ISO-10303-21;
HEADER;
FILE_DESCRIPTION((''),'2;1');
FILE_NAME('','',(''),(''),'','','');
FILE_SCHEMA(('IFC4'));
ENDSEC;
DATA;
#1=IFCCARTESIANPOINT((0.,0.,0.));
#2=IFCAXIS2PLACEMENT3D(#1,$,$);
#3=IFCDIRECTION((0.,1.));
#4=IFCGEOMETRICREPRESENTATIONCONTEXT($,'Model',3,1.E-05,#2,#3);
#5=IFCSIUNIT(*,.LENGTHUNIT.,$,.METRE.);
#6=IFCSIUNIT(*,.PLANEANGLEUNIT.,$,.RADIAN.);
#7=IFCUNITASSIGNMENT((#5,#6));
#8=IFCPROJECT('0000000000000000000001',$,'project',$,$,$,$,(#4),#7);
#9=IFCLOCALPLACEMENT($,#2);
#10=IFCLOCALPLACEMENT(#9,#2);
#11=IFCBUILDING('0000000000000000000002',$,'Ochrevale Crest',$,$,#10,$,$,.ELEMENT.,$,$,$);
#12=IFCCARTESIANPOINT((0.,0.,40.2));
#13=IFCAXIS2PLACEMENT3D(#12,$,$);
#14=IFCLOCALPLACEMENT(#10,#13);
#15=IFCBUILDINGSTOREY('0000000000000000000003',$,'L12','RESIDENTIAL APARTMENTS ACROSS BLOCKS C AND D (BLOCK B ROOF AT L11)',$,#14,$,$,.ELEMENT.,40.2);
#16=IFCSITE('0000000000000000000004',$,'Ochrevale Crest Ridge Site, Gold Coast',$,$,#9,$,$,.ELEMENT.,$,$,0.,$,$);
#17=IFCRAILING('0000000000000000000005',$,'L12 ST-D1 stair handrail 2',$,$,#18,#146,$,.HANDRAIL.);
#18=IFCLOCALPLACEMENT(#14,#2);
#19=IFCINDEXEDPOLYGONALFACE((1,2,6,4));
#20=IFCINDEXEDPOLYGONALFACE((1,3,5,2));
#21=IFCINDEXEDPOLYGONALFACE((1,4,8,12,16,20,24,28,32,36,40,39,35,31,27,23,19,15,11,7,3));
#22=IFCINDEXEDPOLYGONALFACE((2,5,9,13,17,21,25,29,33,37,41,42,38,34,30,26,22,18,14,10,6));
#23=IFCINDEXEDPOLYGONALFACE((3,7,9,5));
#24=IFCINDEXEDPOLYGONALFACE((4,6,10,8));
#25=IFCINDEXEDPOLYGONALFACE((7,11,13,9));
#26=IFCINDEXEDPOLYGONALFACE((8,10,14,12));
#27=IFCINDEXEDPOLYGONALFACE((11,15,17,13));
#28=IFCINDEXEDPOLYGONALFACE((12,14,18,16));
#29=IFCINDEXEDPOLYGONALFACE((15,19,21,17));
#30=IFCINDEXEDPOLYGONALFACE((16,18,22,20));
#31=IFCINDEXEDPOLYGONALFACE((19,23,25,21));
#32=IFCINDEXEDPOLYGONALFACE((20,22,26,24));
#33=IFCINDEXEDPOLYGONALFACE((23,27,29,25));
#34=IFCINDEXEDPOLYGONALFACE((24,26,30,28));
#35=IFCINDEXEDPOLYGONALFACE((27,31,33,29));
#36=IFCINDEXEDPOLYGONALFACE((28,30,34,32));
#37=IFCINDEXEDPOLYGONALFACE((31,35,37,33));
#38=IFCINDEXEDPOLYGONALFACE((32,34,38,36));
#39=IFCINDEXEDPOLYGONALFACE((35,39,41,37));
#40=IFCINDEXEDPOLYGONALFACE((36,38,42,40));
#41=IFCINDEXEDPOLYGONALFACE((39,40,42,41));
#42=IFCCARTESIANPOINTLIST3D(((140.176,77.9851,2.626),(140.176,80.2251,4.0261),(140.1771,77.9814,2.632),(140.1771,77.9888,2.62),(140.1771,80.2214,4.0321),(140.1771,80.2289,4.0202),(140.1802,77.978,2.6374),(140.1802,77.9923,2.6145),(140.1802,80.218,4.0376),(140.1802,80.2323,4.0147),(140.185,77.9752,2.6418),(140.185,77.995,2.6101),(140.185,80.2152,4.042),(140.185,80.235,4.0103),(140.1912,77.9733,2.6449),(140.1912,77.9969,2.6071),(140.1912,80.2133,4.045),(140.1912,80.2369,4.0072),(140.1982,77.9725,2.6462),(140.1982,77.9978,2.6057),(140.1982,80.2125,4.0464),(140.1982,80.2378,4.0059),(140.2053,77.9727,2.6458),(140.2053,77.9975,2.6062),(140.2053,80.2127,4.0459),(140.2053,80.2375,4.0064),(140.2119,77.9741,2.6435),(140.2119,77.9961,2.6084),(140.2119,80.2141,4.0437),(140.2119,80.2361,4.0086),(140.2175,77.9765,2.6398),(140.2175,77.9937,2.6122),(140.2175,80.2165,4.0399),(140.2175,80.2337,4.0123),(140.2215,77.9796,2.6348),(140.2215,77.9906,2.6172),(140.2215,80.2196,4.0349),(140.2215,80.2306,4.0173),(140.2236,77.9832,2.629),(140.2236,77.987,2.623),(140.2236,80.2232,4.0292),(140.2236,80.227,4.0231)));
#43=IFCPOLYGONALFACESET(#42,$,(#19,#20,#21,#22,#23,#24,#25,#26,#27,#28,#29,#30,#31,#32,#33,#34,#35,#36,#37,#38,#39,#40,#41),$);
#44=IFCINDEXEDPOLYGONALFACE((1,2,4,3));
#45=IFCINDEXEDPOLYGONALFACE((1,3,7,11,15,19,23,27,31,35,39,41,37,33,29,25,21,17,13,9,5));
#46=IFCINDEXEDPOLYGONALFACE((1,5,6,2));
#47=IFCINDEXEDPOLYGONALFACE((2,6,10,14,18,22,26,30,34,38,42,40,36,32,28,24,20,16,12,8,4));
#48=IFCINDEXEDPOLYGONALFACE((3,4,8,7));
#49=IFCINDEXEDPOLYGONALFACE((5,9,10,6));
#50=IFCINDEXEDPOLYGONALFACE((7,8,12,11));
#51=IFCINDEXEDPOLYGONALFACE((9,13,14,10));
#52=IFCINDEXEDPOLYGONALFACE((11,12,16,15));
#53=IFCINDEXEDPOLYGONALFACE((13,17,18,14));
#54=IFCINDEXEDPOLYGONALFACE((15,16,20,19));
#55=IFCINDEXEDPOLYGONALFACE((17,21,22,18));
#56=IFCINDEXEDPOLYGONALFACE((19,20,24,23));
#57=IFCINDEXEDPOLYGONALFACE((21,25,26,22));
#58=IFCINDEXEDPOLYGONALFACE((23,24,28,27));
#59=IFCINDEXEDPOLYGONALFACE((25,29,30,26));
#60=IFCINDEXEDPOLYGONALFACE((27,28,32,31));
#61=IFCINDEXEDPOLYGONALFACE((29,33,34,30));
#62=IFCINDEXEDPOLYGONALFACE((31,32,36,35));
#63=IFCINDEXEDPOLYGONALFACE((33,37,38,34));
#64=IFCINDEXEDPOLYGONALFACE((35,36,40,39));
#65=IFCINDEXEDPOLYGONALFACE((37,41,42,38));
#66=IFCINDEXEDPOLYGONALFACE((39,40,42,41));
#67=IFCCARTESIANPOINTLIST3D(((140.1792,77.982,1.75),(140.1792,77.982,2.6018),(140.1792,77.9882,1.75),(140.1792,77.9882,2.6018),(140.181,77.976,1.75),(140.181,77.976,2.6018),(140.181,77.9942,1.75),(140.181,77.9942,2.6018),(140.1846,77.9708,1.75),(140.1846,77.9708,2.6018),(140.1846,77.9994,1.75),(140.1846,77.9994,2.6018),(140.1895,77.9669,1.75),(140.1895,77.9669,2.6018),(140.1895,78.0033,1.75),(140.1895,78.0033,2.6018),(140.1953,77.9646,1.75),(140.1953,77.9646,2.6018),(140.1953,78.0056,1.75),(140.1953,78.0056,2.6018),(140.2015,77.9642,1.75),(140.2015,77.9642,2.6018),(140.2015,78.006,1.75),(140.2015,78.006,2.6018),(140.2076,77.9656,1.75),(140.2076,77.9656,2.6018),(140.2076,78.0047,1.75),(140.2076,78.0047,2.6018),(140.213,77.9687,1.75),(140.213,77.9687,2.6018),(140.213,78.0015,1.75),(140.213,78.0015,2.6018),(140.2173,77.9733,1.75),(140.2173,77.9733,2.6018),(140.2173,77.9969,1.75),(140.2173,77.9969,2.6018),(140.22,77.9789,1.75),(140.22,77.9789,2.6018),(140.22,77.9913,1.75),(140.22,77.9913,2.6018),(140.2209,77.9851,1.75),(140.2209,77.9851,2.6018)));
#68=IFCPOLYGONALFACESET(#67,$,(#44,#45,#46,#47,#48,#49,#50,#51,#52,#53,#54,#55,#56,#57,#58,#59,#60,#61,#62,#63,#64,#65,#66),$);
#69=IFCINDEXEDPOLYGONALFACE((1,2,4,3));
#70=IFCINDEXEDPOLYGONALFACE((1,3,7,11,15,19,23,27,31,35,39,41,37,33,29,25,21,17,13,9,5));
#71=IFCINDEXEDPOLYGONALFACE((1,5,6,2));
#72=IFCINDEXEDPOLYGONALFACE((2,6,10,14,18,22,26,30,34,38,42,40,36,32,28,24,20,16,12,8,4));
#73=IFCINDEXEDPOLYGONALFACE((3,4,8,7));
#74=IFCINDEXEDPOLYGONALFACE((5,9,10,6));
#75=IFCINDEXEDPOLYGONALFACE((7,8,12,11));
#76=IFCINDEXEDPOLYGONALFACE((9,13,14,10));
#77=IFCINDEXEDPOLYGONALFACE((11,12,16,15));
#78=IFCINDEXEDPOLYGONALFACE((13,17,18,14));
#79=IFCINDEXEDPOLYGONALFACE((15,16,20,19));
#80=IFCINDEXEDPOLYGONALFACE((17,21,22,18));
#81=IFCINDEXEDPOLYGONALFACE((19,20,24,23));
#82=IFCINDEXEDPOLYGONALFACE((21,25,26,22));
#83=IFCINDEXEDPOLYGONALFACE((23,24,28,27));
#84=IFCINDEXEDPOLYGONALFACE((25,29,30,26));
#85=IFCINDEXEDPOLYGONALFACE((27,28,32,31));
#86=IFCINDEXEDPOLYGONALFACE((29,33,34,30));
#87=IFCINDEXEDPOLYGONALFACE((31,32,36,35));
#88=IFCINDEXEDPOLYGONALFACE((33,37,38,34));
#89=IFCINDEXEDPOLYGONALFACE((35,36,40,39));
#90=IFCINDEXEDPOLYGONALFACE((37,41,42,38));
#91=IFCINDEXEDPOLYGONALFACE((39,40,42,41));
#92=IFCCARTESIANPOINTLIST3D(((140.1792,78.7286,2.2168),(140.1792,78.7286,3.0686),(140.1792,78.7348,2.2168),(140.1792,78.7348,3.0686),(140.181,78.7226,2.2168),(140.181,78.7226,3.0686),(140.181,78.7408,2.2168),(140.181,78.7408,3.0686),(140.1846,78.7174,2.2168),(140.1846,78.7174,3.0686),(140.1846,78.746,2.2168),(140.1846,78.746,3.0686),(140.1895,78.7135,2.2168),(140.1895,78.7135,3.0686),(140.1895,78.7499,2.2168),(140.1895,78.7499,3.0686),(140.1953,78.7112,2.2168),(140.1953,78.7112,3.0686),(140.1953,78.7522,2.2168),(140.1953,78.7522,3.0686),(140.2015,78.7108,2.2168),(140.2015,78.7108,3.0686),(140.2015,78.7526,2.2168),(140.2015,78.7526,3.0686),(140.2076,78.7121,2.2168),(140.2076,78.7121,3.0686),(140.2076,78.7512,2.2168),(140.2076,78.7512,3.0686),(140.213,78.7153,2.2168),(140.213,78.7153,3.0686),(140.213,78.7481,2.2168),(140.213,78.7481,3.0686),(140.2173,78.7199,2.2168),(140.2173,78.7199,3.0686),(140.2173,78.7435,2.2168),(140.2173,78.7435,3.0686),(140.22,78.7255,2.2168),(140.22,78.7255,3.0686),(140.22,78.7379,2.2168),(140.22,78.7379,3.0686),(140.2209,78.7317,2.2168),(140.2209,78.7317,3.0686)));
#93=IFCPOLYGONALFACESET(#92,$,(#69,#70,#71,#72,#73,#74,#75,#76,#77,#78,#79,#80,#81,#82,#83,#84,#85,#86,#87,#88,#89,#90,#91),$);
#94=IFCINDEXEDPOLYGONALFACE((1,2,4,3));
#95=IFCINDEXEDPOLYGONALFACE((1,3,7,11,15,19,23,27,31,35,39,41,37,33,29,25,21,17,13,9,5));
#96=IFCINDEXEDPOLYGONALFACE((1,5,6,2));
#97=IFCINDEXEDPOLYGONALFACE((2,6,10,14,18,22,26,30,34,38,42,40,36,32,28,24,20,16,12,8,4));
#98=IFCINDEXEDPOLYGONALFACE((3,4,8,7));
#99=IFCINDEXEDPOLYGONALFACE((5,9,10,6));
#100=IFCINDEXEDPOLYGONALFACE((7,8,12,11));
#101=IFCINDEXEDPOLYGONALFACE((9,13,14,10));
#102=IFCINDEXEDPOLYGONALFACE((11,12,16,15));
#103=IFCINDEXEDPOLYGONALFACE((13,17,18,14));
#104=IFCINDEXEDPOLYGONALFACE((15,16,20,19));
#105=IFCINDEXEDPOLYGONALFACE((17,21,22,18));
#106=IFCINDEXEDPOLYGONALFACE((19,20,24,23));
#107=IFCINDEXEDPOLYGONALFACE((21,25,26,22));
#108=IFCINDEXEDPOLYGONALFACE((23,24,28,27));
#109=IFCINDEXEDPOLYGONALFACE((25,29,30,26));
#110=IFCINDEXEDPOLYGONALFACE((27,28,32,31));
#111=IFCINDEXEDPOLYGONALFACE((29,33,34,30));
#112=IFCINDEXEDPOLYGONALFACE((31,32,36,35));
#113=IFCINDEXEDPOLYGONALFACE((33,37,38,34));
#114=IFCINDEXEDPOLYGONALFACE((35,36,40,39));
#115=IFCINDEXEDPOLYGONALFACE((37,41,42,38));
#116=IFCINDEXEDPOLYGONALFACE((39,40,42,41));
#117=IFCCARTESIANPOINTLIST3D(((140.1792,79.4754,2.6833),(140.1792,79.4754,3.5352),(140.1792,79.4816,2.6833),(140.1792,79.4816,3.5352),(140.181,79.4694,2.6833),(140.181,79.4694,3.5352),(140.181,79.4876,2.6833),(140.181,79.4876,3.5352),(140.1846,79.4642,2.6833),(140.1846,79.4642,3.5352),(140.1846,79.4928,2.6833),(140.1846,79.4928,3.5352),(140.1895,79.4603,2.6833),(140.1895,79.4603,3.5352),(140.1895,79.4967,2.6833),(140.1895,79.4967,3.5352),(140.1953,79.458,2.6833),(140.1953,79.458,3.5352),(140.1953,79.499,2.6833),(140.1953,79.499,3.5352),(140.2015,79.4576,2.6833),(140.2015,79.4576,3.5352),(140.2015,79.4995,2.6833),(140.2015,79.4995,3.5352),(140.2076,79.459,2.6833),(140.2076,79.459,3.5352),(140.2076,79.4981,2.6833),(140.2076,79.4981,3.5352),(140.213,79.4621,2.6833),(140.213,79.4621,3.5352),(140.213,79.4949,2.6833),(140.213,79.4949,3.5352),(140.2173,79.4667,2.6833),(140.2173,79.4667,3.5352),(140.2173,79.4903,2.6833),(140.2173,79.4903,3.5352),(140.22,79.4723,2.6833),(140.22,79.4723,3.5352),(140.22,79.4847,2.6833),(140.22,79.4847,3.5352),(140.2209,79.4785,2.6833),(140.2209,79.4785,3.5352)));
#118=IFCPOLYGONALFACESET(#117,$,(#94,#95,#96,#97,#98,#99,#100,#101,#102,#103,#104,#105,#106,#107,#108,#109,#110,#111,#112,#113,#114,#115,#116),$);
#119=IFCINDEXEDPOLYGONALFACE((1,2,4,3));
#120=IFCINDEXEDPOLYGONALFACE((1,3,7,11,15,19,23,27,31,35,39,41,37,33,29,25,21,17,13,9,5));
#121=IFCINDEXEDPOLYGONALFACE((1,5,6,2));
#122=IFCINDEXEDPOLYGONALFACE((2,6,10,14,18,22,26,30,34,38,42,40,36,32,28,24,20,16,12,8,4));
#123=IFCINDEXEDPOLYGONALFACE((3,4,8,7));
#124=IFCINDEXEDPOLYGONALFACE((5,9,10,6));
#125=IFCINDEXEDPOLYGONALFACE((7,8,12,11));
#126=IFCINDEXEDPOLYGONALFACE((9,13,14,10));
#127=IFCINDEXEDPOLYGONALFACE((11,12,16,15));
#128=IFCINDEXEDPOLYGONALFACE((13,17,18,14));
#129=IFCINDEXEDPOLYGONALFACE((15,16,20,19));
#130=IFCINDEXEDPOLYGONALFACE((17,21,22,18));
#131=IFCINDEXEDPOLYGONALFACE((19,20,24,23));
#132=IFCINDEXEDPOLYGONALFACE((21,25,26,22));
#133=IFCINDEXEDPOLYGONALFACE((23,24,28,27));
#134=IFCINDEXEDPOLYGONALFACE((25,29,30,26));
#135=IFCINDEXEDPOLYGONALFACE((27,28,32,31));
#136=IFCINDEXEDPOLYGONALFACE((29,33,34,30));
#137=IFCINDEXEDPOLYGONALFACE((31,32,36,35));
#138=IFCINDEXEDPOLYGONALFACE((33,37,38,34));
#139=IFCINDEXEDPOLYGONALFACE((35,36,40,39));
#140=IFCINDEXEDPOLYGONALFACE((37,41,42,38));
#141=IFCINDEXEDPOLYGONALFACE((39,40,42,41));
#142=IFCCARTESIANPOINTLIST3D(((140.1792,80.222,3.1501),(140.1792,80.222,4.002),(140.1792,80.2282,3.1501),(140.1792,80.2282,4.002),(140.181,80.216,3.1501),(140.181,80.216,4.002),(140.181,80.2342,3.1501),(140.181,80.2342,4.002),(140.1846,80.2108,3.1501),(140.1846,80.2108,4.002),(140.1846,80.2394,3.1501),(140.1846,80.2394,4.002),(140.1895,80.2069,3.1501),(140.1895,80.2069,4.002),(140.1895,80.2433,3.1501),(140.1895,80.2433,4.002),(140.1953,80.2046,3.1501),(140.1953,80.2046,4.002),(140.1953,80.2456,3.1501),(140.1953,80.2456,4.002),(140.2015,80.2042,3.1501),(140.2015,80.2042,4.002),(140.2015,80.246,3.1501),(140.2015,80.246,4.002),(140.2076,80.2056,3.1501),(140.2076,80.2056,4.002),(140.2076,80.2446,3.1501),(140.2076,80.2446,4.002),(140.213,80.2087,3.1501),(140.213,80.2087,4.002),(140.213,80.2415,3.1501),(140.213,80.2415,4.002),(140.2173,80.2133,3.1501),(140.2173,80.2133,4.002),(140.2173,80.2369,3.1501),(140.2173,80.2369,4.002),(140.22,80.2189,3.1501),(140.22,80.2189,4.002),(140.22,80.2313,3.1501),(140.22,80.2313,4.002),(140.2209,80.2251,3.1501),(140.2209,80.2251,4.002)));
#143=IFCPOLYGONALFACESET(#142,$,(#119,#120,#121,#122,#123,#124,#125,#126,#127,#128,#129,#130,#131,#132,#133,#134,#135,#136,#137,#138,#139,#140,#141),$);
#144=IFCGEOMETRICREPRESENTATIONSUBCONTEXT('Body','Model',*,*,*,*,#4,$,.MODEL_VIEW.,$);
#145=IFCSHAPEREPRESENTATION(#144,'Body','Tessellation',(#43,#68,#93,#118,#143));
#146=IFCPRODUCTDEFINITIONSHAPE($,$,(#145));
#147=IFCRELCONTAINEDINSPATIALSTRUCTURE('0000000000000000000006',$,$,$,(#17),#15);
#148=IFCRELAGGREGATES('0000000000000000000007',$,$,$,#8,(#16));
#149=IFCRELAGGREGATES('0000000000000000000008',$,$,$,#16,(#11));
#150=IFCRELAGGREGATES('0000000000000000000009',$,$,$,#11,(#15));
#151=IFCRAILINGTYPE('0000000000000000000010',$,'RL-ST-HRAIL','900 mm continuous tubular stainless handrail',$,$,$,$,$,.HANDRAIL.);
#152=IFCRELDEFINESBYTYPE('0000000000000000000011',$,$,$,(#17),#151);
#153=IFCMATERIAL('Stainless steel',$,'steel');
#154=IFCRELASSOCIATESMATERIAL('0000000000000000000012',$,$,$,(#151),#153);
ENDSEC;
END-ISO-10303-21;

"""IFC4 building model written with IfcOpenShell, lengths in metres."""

from ifc_helpers import new_model, si_unit, direction, frame, origin, origin_2d, place, context, subcontext, project, spatial, circle, extrude, material, type_object, element, save


model = new_model("IFC4")

# Units and contexts
model_context = context("Model", 3, precision=1e-05, world=origin(), true_north=direction((0.0, 1.0)))
body_context = subcontext(model_context, "Body", "Model", "MODEL_VIEW")
ifc_project = project(units=[si_unit("LENGTHUNIT", "METRE"), si_unit("PLANEANGLEUNIT", "RADIAN")], contexts=[model_context])

# Site, building, storey
site_placement = place(None, origin())
site = spatial("IfcSite", under=ifc_project, at=site_placement, Name="Ochrevale Crest Ridge Site, Gold Coast", CompositionType="ELEMENT", RefElevation=0.0)
building_placement = place(site_placement, origin())
building = spatial("IfcBuilding", under=site, at=building_placement, Name="Ochrevale Crest", CompositionType="ELEMENT")
storey_placement = place(building_placement, frame((0.0, 0.0, 40.2)))
storey = spatial("IfcBuildingStorey", under=building, at=storey_placement, Name="L12", Description="RESIDENTIAL APARTMENTS ACROSS BLOCKS C AND D (BLOCK B ROOF AT L11)", CompositionType="ELEMENT", Elevation=40.2)

# Railing
ifc_material_1 = material(Name="Stainless steel", Category="steel")
railing_type = type_object("IfcRailingType", Name="RL-ST-HRAIL", Description="900 mm continuous tubular stainless handrail", PredefinedType="HANDRAIL", material=ifc_material_1)
railing_placement = place(storey_placement, frame((140.2, 77.9851, 1.75)))
element("IfcRailing", 1, at=railing_placement, inside=storey, type_object=railing_type, Name="L12 ST-D1 stair handrail 2", PredefinedType="HANDRAIL", context=body_context, shape_type="SweptSolid", body=[
    extrude(circle(Radius=0.0239, at=origin_2d()), frame((0.0, 0.0, 0.876), z_axis=(0.0, 0.847972, 0.53004), x_axis=(-1.0, 0.0, 0.0)), (0.0, 0.0, 1.0), 2.6416),
    extrude(circle(Radius=0.021, at=origin_2d()), origin(), (0.0, 0.0, 1.0), 0.8518),
    extrude(circle(Radius=0.021, at=origin_2d()), frame((0.0, 0.7466, 0.4668)), (0.0, 0.0, 1.0), 0.8518),
    extrude(circle(Radius=0.021, at=origin_2d()), frame((0.0, 1.4934, 0.9333)), (0.0, 0.0, 1.0), 0.8518),
    extrude(circle(Radius=0.021, at=origin_2d()), frame((0.0, 2.24, 1.4001)), (0.0, 0.0, 1.0), 0.8518),
])

save(model, "model.ifc")
